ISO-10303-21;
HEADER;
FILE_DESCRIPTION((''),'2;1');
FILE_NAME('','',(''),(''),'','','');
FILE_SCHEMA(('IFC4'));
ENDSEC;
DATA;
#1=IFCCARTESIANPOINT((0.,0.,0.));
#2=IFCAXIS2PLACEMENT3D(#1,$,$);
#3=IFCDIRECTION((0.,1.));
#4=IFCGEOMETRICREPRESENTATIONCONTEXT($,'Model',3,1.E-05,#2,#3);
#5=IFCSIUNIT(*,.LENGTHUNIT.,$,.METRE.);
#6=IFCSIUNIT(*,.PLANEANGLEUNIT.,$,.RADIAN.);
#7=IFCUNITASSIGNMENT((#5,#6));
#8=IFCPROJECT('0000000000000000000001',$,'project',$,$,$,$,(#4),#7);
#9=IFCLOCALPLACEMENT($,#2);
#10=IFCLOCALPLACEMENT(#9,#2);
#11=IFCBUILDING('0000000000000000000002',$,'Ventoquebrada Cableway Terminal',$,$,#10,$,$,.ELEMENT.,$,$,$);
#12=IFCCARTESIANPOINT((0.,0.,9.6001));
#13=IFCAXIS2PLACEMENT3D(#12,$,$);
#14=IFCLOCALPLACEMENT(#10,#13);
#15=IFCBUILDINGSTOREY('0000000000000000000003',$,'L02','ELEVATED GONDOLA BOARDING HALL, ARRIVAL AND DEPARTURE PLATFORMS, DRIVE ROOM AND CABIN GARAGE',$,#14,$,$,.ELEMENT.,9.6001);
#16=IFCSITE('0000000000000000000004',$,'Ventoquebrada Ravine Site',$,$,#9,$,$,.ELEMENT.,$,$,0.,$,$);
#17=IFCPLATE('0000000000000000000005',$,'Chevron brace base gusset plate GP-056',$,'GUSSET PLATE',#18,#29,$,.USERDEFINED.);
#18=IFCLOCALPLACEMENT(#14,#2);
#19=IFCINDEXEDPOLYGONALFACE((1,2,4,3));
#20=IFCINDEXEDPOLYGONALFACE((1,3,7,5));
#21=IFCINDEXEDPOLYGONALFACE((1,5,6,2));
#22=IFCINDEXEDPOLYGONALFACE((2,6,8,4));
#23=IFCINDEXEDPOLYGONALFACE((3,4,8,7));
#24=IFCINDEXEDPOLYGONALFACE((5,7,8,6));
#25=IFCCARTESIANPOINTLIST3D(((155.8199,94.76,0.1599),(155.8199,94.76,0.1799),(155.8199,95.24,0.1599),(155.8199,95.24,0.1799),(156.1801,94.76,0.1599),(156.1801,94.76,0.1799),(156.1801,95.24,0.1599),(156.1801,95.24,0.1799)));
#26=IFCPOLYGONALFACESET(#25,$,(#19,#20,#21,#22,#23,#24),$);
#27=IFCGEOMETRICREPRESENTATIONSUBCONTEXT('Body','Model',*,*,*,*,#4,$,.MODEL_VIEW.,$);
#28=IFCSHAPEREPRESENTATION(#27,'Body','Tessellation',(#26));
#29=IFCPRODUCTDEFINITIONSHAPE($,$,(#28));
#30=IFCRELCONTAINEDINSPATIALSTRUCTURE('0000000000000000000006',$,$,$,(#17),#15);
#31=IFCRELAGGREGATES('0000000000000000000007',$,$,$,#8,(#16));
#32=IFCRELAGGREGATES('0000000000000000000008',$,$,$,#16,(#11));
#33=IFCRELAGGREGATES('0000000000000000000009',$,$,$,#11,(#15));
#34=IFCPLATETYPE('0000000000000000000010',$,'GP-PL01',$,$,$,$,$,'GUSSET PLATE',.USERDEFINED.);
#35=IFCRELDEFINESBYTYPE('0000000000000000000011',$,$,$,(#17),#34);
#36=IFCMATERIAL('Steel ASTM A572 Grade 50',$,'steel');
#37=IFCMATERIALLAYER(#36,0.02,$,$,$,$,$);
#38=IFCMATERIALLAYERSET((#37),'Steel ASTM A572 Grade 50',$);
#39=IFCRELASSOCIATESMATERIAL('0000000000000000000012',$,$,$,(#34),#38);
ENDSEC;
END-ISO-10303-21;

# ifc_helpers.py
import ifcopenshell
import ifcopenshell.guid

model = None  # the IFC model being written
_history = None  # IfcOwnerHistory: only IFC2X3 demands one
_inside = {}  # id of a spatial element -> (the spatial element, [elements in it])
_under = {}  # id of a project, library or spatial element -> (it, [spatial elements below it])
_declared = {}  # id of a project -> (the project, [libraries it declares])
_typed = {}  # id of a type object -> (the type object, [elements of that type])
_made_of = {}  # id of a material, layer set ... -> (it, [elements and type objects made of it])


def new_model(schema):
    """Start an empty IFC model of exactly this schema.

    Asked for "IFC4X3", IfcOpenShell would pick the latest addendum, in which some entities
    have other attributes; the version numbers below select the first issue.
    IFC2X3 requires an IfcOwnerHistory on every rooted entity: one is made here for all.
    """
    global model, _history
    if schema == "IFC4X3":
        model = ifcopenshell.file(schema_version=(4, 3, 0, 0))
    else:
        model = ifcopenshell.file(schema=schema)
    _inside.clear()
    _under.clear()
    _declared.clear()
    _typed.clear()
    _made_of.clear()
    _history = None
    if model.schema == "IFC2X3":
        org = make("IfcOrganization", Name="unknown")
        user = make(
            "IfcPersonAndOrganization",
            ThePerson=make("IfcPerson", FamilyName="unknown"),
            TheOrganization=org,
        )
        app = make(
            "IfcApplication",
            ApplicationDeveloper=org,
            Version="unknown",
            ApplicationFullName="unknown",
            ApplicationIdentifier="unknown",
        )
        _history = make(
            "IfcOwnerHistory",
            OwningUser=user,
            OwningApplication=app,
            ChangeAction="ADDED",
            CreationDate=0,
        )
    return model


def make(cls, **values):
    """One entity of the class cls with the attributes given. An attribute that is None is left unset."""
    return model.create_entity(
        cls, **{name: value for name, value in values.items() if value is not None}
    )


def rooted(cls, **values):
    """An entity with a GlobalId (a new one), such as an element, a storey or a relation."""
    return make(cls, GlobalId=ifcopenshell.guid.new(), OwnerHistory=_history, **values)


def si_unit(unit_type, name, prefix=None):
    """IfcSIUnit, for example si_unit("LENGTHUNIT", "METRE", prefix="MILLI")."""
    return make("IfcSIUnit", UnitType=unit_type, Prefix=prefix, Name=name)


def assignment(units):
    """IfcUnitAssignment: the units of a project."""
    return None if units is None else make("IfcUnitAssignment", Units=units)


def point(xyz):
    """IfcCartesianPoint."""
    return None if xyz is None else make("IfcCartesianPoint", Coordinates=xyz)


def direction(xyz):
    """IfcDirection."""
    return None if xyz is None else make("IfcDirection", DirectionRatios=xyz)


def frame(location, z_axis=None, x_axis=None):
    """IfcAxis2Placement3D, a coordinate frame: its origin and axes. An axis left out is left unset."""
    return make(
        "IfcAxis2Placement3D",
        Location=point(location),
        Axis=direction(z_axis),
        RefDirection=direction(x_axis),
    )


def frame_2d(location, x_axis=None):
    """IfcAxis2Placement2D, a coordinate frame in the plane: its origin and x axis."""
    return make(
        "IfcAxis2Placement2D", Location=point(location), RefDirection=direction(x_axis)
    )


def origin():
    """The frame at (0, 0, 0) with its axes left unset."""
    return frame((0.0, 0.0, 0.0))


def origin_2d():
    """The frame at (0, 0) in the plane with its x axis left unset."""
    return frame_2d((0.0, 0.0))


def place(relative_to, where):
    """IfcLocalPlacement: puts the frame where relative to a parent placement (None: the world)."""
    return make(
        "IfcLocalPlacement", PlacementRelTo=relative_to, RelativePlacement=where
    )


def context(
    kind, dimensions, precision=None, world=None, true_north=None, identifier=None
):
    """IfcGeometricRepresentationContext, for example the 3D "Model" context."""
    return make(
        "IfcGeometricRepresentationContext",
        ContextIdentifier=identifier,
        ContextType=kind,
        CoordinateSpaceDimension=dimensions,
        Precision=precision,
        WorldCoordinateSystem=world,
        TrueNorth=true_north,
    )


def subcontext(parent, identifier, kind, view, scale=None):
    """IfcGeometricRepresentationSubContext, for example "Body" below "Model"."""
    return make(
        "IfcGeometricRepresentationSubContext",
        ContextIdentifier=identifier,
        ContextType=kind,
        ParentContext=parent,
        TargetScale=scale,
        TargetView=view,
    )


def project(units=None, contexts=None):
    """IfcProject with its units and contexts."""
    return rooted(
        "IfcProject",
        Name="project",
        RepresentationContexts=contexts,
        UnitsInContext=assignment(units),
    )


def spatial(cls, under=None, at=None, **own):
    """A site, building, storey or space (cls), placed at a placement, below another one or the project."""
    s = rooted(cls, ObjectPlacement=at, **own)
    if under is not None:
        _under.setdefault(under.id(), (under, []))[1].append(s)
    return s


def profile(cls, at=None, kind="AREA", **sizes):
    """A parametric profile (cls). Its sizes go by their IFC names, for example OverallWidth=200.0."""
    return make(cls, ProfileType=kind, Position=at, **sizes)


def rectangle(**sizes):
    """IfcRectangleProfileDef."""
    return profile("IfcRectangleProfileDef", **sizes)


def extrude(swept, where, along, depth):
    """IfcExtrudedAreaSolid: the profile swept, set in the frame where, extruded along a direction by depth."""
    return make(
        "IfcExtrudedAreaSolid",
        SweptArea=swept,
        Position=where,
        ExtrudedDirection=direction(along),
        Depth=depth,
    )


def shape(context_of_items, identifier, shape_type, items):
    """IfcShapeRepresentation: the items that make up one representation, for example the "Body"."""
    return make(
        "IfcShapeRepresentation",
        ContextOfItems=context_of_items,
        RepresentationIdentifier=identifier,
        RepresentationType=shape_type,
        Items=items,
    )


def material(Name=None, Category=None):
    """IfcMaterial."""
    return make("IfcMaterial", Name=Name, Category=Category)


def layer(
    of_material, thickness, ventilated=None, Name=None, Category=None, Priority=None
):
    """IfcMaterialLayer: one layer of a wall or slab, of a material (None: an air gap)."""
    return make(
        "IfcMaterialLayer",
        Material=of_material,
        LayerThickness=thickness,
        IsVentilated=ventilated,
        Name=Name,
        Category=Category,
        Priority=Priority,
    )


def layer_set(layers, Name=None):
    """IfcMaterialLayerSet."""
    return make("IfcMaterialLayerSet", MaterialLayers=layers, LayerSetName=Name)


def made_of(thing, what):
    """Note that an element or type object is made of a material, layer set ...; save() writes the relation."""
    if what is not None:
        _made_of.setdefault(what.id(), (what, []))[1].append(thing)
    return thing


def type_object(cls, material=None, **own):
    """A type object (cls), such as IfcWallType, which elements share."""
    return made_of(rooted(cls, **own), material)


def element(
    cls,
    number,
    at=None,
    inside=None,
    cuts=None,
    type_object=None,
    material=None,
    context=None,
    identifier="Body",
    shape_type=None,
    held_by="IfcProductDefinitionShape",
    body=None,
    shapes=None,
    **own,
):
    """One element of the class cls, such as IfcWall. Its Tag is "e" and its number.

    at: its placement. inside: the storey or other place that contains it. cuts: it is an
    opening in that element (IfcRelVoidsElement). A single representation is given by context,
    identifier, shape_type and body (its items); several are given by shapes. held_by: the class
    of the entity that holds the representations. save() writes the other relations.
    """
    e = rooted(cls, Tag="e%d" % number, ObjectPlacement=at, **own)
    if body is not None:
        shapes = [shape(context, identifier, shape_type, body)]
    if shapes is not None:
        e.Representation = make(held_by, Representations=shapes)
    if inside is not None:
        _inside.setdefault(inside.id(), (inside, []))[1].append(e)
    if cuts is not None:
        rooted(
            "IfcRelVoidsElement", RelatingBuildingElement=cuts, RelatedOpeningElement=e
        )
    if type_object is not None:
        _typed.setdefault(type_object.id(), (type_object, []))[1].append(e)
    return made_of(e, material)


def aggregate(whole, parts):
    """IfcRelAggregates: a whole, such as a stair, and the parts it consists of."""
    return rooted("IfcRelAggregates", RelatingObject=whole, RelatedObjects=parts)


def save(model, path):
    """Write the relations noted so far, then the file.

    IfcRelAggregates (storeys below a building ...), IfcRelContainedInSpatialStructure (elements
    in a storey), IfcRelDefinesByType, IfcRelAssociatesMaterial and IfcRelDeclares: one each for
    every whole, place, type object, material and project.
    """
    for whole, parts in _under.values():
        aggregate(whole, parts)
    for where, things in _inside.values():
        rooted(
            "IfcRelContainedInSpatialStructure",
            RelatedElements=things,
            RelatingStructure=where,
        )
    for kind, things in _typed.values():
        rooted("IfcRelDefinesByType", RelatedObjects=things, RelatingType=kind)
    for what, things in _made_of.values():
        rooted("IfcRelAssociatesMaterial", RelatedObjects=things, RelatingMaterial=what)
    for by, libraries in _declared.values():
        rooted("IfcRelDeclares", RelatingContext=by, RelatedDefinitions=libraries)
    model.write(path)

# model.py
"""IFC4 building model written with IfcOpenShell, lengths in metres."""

from ifc_helpers import new_model, si_unit, direction, frame, origin, origin_2d, place, context, subcontext, project, spatial, rectangle, extrude, material, layer, layer_set, type_object, element, save


model = new_model("IFC4")

# Units and contexts
model_context = context("Model", 3, precision=1e-05, world=origin(), true_north=direction((0.0, 1.0)))
body_context = subcontext(model_context, "Body", "Model", "MODEL_VIEW")
ifc_project = project(units=[si_unit("LENGTHUNIT", "METRE"), si_unit("PLANEANGLEUNIT", "RADIAN")], contexts=[model_context])

# Site, building, storey
site_placement = place(None, origin())
site = spatial("IfcSite", under=ifc_project, at=site_placement, Name="Ventoquebrada Ravine Site", CompositionType="ELEMENT", RefElevation=0.0)
building_placement = place(site_placement, origin())
building = spatial("IfcBuilding", under=site, at=building_placement, Name="Ventoquebrada Cableway Terminal", CompositionType="ELEMENT")
storey_placement = place(building_placement, frame((0.0, 0.0, 9.6001)))
storey = spatial("IfcBuildingStorey", under=building, at=storey_placement, Name="L02", Description="ELEVATED GONDOLA BOARDING HALL, ARRIVAL AND DEPARTURE PLATFORMS, DRIVE ROOM AND CABIN GARAGE", CompositionType="ELEMENT", Elevation=9.6001)

# Plate
ifc_material_1 = material(Name="Steel ASTM A572 Grade 50", Category="steel")
ifc_layer_1 = layer(ifc_material_1, 0.02)
ifc_layer_set_1 = layer_set([ifc_layer_1], Name="Steel ASTM A572 Grade 50")
plate_type_1 = type_object("IfcPlateType", Name="GP-PL01", ElementType="GUSSET PLATE", PredefinedType="USERDEFINED", material=ifc_layer_set_1)
plate_1_placement = place(storey_placement, frame((156.0, 95.0, 0.1599), z_axis=(0.0, 0.0, 1.0), x_axis=(0.0, 1.0, 0.0)))
element("IfcPlate", 1, at=plate_1_placement, inside=storey, type_object=plate_type_1, Name="Chevron brace base gusset plate GP-056", ObjectType="GUSSET PLATE", PredefinedType="USERDEFINED", context=body_context, shape_type="SweptSolid", body=[
    extrude(rectangle(XDim=0.48, YDim=0.3601, at=origin_2d()), origin(), (0.0, 0.0, 1.0), 0.02),
])

save(model, "model.ifc")
